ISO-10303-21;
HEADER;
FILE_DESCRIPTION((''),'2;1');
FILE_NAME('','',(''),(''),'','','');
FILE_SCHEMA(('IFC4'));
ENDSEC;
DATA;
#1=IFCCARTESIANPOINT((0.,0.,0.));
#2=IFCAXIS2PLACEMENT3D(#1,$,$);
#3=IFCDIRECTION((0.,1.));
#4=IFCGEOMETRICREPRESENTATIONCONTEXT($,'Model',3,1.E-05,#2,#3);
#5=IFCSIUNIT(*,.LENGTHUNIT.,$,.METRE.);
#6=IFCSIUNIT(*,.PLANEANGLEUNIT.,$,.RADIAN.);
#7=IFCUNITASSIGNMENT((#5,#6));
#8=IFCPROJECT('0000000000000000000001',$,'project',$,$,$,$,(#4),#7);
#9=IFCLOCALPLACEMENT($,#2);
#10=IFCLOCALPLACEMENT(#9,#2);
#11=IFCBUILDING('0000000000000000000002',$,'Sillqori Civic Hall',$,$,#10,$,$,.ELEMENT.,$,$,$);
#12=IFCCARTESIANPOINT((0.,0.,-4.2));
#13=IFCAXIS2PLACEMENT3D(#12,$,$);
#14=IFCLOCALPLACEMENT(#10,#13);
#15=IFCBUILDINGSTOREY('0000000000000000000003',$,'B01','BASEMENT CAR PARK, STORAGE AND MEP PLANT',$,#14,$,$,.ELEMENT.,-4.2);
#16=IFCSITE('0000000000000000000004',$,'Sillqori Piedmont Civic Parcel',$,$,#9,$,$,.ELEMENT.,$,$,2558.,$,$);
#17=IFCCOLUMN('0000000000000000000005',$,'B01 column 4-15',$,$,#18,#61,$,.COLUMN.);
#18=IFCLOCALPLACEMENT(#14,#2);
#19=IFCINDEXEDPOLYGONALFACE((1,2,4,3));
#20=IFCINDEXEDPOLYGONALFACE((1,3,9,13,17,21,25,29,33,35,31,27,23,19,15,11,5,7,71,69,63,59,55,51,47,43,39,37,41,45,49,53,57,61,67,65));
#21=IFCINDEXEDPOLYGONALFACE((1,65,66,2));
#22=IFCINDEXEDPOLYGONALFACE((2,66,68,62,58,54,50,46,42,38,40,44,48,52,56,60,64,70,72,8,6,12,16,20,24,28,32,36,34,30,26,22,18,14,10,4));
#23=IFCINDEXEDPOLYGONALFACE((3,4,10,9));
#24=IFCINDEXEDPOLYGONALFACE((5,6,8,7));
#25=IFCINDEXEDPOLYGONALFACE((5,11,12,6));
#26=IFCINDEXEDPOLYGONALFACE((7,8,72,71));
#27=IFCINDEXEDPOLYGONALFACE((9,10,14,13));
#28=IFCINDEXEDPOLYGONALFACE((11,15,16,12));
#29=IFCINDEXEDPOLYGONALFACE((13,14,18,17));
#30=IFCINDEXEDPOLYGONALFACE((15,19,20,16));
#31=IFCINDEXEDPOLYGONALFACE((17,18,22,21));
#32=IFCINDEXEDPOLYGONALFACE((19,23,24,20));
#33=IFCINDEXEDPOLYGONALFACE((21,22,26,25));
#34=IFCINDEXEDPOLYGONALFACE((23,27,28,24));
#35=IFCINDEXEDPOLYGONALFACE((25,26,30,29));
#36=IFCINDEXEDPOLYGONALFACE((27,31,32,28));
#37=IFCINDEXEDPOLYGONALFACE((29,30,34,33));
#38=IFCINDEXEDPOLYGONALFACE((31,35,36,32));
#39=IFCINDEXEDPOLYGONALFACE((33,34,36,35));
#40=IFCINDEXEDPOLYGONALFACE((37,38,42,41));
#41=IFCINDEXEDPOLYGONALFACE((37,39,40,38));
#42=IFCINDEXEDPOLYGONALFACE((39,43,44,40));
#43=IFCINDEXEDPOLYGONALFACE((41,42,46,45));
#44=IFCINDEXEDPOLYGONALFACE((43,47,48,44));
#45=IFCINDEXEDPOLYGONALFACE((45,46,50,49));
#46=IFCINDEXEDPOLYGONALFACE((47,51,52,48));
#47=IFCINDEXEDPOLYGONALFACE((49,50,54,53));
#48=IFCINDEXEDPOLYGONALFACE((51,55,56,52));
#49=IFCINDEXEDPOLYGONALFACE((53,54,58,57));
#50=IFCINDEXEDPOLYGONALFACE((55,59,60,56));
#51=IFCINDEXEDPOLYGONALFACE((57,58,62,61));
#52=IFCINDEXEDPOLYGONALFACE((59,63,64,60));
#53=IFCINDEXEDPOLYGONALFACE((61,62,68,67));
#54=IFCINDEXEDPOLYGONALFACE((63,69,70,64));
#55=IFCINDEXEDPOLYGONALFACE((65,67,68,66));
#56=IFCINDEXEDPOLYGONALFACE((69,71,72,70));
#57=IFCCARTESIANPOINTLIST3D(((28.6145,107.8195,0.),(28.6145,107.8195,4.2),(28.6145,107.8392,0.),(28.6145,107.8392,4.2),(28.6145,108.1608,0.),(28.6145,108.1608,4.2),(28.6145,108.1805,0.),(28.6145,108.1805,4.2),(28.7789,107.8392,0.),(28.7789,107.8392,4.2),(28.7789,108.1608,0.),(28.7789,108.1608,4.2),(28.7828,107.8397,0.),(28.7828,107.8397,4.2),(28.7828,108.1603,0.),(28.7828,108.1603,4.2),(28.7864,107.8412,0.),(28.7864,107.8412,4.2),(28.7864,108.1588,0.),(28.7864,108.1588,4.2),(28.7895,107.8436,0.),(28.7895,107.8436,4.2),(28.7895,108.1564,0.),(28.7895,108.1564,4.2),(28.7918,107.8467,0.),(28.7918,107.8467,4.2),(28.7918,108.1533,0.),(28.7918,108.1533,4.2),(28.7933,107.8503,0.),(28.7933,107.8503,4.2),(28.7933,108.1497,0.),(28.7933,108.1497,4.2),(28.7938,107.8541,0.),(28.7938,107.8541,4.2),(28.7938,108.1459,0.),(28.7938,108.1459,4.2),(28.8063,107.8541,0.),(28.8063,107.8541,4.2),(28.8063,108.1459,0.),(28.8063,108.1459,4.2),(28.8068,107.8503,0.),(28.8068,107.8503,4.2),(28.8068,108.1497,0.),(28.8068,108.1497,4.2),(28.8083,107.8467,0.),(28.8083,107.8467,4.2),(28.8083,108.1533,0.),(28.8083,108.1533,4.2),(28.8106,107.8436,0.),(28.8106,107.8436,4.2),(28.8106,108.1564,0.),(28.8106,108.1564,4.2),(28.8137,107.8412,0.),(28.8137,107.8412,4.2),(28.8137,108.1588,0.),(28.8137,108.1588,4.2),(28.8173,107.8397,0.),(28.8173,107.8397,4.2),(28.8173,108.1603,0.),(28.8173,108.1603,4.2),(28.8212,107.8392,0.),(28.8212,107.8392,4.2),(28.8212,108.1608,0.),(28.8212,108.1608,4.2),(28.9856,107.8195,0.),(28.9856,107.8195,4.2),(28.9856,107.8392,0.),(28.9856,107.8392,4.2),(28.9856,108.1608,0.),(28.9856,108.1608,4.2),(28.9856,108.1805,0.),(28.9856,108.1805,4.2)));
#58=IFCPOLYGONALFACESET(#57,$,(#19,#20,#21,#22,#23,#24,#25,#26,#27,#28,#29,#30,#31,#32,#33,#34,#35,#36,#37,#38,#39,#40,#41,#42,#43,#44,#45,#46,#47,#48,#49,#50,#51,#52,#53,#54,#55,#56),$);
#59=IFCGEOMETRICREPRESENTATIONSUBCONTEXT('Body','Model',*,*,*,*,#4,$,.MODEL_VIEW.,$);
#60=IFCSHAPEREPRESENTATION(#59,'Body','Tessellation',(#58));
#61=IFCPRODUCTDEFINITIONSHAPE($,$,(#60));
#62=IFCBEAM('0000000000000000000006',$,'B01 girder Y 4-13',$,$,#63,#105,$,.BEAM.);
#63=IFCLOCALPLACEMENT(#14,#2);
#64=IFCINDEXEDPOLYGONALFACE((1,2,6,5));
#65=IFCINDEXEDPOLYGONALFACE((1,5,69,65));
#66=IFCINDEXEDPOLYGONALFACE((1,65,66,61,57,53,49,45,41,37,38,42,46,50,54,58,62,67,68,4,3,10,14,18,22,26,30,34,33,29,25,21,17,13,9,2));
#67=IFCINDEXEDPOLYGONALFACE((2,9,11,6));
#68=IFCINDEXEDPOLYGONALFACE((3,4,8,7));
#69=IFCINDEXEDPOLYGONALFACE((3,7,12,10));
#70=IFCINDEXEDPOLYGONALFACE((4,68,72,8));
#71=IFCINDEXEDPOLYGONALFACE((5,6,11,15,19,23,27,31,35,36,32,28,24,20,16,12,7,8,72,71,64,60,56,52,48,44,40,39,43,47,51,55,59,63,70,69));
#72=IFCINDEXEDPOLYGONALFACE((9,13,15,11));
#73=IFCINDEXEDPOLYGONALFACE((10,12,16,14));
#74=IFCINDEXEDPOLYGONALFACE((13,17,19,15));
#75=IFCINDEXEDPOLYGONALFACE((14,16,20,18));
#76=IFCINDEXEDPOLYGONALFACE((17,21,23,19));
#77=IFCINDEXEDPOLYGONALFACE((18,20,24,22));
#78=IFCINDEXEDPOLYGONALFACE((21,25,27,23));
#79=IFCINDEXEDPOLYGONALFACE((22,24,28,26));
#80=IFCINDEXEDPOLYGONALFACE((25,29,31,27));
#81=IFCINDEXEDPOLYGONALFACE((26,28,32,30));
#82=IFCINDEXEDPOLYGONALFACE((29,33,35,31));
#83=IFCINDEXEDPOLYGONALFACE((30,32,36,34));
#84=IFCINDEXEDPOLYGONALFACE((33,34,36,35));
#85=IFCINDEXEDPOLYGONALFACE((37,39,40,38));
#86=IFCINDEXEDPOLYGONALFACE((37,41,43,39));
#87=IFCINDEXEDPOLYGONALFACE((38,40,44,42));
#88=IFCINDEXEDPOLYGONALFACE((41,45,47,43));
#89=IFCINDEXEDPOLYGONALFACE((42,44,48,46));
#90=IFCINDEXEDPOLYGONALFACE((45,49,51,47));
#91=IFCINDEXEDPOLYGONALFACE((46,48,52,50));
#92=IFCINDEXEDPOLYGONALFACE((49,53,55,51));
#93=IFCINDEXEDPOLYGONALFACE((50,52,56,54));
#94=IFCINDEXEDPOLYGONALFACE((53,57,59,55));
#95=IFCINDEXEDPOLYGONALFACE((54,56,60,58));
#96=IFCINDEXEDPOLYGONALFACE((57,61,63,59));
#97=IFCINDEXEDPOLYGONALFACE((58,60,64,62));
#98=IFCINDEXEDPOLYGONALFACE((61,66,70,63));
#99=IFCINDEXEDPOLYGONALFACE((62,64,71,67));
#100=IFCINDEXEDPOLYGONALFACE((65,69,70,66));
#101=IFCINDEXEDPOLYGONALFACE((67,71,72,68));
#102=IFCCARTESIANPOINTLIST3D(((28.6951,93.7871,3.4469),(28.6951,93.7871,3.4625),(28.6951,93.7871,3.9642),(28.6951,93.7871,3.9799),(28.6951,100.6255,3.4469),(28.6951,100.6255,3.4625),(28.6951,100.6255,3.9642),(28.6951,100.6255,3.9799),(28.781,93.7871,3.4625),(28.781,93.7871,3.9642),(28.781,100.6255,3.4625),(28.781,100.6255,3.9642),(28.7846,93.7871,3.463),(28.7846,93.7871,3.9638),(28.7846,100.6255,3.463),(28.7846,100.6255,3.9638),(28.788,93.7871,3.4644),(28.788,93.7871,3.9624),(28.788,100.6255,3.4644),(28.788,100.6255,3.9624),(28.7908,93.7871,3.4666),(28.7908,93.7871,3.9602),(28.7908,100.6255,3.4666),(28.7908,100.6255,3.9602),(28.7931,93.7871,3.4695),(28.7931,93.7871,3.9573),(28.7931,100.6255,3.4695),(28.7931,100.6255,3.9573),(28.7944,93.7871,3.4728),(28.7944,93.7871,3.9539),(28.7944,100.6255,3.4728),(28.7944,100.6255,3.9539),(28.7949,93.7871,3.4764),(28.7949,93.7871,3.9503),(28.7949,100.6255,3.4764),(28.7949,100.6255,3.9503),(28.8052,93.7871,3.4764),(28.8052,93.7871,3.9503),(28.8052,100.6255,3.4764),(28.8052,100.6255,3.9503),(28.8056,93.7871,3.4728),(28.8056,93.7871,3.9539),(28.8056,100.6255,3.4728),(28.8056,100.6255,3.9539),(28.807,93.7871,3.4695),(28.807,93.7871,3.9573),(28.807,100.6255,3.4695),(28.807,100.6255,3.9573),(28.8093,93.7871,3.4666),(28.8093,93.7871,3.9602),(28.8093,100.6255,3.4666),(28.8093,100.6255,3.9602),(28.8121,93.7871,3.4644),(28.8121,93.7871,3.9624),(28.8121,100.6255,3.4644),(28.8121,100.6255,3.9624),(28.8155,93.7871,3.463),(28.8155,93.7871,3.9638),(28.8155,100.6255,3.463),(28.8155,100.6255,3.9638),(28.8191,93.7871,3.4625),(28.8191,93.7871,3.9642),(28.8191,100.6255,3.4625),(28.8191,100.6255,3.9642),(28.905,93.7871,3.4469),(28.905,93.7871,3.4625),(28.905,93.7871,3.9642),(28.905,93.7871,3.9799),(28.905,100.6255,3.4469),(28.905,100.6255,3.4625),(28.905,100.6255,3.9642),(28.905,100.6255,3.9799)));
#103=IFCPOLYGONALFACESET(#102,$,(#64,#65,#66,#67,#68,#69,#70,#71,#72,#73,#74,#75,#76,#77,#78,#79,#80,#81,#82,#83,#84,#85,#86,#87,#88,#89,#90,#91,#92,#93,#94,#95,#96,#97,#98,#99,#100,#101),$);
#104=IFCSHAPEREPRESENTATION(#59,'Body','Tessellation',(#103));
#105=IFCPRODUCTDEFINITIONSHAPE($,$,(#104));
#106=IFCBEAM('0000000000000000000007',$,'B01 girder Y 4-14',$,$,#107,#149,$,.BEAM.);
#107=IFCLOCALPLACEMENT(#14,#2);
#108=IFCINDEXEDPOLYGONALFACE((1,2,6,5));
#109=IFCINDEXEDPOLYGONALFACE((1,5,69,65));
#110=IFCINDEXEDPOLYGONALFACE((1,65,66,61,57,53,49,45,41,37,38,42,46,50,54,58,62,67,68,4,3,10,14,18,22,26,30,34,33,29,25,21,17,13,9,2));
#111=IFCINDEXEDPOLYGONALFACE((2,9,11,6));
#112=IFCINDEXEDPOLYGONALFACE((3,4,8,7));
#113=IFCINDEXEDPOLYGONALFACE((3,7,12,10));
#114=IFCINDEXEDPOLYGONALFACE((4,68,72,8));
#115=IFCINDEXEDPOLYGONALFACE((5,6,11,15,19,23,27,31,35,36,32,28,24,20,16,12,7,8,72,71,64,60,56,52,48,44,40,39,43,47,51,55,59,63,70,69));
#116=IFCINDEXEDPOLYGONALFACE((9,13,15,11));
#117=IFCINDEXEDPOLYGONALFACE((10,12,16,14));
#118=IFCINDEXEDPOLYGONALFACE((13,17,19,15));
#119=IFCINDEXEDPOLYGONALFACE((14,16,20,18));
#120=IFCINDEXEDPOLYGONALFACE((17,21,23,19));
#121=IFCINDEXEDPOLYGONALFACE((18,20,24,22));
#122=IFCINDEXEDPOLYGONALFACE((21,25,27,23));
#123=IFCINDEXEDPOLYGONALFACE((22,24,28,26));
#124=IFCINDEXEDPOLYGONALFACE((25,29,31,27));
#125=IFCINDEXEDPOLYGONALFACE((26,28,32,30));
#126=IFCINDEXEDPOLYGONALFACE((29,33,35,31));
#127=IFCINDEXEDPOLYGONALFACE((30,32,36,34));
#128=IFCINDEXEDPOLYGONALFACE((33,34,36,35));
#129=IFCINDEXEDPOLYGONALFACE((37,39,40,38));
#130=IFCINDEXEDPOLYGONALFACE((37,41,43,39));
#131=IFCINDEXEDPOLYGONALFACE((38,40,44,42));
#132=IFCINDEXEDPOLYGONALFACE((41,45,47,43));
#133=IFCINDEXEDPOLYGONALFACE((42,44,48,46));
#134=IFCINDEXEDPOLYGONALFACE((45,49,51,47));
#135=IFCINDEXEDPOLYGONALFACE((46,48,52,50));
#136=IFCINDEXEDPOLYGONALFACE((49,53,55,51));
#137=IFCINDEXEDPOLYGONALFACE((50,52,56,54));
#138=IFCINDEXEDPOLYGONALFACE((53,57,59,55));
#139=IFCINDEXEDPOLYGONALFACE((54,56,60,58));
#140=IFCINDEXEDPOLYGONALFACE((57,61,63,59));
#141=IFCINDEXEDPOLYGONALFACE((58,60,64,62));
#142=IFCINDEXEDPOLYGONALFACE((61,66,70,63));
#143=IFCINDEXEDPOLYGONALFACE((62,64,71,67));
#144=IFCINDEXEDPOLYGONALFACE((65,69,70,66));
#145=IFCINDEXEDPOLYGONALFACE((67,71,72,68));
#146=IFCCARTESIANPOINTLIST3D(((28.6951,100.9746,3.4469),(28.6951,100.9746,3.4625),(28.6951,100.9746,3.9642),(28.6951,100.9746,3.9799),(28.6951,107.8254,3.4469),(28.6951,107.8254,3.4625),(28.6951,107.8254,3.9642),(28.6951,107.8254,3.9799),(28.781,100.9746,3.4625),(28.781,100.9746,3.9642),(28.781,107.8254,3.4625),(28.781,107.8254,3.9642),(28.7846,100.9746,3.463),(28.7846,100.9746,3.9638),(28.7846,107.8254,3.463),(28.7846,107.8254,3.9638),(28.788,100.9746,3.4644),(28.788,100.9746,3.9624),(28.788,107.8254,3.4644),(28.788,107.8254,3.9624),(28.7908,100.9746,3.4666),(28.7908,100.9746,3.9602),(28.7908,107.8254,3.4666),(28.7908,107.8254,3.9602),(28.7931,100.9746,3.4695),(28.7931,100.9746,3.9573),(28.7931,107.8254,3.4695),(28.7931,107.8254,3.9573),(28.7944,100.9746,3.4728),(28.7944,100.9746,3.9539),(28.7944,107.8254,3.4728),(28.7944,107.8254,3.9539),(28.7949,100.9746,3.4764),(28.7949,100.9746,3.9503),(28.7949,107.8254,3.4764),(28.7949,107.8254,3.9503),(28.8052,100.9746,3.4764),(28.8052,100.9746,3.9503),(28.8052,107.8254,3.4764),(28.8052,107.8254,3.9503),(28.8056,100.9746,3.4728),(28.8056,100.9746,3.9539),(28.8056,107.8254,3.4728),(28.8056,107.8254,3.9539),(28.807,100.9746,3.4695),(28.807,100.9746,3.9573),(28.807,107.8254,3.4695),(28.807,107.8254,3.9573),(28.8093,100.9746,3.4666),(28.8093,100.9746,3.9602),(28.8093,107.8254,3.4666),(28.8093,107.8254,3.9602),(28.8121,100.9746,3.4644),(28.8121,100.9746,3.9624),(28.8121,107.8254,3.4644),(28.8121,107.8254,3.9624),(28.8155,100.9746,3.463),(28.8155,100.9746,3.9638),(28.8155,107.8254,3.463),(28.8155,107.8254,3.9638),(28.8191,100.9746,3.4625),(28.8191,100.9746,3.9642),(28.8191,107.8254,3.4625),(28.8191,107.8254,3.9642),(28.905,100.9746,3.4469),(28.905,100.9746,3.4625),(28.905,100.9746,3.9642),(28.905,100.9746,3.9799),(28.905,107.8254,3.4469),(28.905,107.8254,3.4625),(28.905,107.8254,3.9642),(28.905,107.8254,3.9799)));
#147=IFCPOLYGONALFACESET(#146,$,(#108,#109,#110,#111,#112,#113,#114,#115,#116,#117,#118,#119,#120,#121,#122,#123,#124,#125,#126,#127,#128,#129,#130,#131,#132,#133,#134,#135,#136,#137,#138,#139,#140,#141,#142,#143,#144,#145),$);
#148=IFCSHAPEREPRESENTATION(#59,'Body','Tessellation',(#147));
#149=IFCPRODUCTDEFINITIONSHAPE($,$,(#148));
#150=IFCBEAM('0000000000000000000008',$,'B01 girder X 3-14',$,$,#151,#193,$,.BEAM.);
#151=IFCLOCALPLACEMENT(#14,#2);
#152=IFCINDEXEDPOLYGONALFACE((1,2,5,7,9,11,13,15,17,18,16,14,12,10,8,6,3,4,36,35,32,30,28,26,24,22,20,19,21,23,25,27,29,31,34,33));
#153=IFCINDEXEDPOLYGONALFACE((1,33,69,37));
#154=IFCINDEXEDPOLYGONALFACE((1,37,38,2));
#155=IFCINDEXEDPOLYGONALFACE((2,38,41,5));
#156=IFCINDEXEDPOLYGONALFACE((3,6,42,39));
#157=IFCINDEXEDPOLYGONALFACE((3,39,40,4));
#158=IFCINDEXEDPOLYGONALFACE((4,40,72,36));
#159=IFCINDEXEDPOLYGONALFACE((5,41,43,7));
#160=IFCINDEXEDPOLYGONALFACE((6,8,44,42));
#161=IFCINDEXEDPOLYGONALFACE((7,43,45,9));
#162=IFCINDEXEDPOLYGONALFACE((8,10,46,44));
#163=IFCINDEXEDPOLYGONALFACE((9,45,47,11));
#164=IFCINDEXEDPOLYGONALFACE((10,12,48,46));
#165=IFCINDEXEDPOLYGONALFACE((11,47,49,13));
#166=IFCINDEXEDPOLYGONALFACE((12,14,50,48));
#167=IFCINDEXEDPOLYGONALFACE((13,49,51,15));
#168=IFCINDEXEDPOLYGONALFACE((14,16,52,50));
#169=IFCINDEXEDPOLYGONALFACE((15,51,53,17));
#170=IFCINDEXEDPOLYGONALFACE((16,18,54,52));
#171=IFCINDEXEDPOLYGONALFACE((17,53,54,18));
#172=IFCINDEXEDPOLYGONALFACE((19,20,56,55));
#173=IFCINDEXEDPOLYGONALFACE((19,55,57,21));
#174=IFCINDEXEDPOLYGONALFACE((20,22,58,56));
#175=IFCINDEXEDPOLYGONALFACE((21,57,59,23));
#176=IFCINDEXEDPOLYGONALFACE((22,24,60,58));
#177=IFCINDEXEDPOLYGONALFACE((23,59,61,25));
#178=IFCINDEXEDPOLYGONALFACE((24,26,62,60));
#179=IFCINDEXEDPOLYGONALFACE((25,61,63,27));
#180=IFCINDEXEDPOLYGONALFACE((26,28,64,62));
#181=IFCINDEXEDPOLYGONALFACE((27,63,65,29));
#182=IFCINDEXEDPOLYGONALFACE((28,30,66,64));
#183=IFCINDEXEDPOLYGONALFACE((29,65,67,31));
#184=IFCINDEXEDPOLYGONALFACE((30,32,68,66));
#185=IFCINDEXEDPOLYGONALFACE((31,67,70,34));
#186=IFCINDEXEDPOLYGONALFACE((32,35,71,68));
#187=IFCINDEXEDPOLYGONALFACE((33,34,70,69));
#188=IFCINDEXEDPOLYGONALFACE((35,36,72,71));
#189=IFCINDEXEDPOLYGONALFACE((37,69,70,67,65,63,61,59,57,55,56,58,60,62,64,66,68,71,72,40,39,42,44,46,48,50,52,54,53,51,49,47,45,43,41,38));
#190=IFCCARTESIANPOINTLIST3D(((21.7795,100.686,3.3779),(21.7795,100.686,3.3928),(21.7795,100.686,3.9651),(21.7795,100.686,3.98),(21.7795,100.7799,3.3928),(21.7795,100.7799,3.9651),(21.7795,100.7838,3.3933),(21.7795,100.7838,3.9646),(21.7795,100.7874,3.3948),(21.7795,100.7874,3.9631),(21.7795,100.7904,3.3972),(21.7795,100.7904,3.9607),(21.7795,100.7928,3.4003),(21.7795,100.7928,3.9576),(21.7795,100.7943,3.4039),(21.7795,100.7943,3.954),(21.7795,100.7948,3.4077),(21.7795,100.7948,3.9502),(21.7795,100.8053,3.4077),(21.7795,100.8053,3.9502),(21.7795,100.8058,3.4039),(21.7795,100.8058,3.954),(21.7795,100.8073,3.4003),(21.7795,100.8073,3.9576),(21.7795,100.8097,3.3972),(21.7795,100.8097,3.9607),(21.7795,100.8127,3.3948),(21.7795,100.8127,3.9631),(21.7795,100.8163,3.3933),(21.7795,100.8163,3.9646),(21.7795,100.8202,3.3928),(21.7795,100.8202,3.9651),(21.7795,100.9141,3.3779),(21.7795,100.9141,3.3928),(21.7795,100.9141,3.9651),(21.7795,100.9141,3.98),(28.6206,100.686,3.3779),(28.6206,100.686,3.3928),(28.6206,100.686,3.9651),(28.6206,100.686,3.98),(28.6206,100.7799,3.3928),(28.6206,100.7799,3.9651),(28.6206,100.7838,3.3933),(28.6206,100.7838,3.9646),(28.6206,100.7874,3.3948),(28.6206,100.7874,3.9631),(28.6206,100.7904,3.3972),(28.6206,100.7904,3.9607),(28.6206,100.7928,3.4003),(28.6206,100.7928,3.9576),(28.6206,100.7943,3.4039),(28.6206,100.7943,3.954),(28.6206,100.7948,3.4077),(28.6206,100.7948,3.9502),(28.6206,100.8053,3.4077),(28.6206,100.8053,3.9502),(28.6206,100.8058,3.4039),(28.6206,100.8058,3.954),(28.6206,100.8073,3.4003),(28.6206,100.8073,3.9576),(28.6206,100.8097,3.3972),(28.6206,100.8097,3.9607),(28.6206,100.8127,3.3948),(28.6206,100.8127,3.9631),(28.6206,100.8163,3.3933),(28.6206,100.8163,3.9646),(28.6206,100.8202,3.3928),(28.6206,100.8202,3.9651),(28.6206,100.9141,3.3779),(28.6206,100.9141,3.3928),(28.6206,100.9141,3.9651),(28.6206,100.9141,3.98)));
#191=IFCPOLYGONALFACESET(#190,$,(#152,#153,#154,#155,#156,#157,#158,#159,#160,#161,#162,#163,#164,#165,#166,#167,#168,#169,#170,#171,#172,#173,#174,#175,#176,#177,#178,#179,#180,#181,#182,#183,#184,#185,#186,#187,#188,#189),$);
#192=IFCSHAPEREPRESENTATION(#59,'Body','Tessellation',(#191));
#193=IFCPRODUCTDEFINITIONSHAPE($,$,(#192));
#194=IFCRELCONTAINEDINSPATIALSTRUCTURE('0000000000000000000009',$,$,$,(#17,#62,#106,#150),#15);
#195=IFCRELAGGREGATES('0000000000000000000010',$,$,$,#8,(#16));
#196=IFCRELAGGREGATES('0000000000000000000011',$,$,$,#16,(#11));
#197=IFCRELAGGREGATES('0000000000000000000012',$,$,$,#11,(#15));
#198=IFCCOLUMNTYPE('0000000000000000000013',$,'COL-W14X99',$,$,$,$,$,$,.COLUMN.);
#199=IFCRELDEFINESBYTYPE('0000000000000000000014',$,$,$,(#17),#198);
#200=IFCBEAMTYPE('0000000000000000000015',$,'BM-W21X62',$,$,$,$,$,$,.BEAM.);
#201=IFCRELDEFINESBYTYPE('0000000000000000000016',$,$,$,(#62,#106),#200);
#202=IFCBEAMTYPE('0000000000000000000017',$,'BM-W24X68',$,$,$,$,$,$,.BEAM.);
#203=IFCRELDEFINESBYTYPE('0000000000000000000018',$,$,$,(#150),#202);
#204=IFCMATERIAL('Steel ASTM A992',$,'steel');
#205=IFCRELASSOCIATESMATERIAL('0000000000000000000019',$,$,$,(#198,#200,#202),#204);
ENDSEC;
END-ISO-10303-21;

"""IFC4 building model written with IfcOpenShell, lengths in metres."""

from ifc_helpers import new_model, si_unit, direction, frame, origin, origin_2d, place, context, subcontext, project, spatial, i_section, extrude, material, material_profile, profile_set, type_object, element, save


model = new_model("IFC4")

# Units and contexts
model_context = context("Model", 3, precision=1e-05, world=origin(), true_north=direction((0.0, 1.0)))
body_context = subcontext(model_context, "Body", "Model", "MODEL_VIEW")
ifc_project = project(units=[si_unit("LENGTHUNIT", "METRE"), si_unit("PLANEANGLEUNIT", "RADIAN")], contexts=[model_context])

# Site, building, storey
site_placement = place(None, origin())
site = spatial("IfcSite", under=ifc_project, at=site_placement, Name="Sillqori Piedmont Civic Parcel", CompositionType="ELEMENT", RefElevation=2558.0)
building_placement = place(site_placement, origin())
building = spatial("IfcBuilding", under=site, at=building_placement, Name="Sillqori Civic Hall", CompositionType="ELEMENT")
storey_placement = place(building_placement, frame((0.0, 0.0, -4.2)))
storey = spatial("IfcBuildingStorey", under=building, at=storey_placement, Name="B01", Description="BASEMENT CAR PARK, STORAGE AND MEP PLANT", CompositionType="ELEMENT", Elevation=-4.2)

# Column
ifc_material_1 = material(Name="Steel ASTM A992", Category="steel")
ifc_material_profile_1 = material_profile(ifc_material_1, i_section(OverallWidth=0.3711, OverallDepth=0.3611, WebThickness=0.0125, FlangeThickness=0.0198, FilletRadius=0.0149, at=origin_2d()), Name="W14X99")
ifc_profile_set_1 = profile_set([ifc_material_profile_1], Name="Steel ASTM A992")
column_type_1 = type_object("IfcColumnType", Name="COL-W14X99", PredefinedType="COLUMN", material=ifc_profile_set_1)
for number, where, z_axis, x_axis, name in (
    (1, (28.8, 108.0, 0.0), (0.0, 0.0, 1.0), (1.0, 0.0, 0.0), "B01 column 4-15"),
):
    element("IfcColumn", number, at=place(storey_placement, frame(where, z_axis=z_axis, x_axis=x_axis)), inside=storey, type_object=column_type_1, Name=name, PredefinedType="COLUMN", context=body_context, shape_type="SweptSolid", body=[
        extrude(i_section(OverallWidth=0.3711, OverallDepth=0.3611, WebThickness=0.0125, FlangeThickness=0.0198, FilletRadius=0.0149, at=origin_2d()), origin(), (0.0, 0.0, 1.0), 4.2),
    ])

# Beams
ifc_material_profile_2 = material_profile(ifc_material_1, i_section(OverallWidth=0.21, OverallDepth=0.533, WebThickness=0.0103, FlangeThickness=0.0156, FilletRadius=0.0139, at=origin_2d()), Name="W21X62")
ifc_profile_set_2 = profile_set([ifc_material_profile_2], Name="Steel ASTM A992")
beam_type_1 = type_object("IfcBeamType", Name="BM-W21X62", PredefinedType="BEAM", material=ifc_profile_set_2)
beam_1_placement = place(storey_placement, frame((28.8, 93.7871, 3.7134), z_axis=(0.0, 1.0, 0.0), x_axis=(-1.0, 0.0, 0.0)))
element("IfcBeam", 2, at=beam_1_placement, inside=storey, type_object=beam_type_1, Name="B01 girder Y 4-13", PredefinedType="BEAM", context=body_context, shape_type="SweptSolid", body=[
    extrude(i_section(OverallWidth=0.21, OverallDepth=0.533, WebThickness=0.0103, FlangeThickness=0.0156, FilletRadius=0.0139, at=origin_2d()), origin(), (0.0, 0.0, 1.0), 6.8384),
])
beam_2_placement = place(storey_placement, frame((28.8, 100.9746, 3.7134), z_axis=(0.0, 1.0, 0.0), x_axis=(-1.0, 0.0, 0.0)))
element("IfcBeam", 3, at=beam_2_placement, inside=storey, type_object=beam_type_1, Name="B01 girder Y 4-14", PredefinedType="BEAM", context=body_context, shape_type="SweptSolid", body=[
    extrude(i_section(OverallWidth=0.21, OverallDepth=0.533, WebThickness=0.0103, FlangeThickness=0.0156, FilletRadius=0.0139, at=origin_2d()), origin(), (0.0, 0.0, 1.0), 6.8508),
])
ifc_material_profile_3 = material_profile(ifc_material_1, i_section(OverallWidth=0.228, OverallDepth=0.6021, WebThickness=0.0105, FlangeThickness=0.0149, FilletRadius=0.0149, at=origin_2d()), Name="W24X68")
ifc_profile_set_3 = profile_set([ifc_material_profile_3], Name="Steel ASTM A992")
beam_type_2 = type_object("IfcBeamType", Name="BM-W24X68", PredefinedType="BEAM", material=ifc_profile_set_3)
for number, where, z_axis, x_axis, name in (
    (4, (21.7795, 100.8, 3.679), (1.0, 0.0, 0.0), (0.0, 1.0, 0.0), "B01 girder X 3-14"),
):
    element("IfcBeam", number, at=place(storey_placement, frame(where, z_axis=z_axis, x_axis=x_axis)), inside=storey, type_object=beam_type_2, Name=name, PredefinedType="BEAM", context=body_context, shape_type="SweptSolid", body=[
        extrude(i_section(OverallWidth=0.228, OverallDepth=0.6021, WebThickness=0.0105, FlangeThickness=0.0149, FilletRadius=0.0149, at=origin_2d()), origin(), (0.0, 0.0, 1.0), 6.8411),
    ])

save(model, "model.ifc")
